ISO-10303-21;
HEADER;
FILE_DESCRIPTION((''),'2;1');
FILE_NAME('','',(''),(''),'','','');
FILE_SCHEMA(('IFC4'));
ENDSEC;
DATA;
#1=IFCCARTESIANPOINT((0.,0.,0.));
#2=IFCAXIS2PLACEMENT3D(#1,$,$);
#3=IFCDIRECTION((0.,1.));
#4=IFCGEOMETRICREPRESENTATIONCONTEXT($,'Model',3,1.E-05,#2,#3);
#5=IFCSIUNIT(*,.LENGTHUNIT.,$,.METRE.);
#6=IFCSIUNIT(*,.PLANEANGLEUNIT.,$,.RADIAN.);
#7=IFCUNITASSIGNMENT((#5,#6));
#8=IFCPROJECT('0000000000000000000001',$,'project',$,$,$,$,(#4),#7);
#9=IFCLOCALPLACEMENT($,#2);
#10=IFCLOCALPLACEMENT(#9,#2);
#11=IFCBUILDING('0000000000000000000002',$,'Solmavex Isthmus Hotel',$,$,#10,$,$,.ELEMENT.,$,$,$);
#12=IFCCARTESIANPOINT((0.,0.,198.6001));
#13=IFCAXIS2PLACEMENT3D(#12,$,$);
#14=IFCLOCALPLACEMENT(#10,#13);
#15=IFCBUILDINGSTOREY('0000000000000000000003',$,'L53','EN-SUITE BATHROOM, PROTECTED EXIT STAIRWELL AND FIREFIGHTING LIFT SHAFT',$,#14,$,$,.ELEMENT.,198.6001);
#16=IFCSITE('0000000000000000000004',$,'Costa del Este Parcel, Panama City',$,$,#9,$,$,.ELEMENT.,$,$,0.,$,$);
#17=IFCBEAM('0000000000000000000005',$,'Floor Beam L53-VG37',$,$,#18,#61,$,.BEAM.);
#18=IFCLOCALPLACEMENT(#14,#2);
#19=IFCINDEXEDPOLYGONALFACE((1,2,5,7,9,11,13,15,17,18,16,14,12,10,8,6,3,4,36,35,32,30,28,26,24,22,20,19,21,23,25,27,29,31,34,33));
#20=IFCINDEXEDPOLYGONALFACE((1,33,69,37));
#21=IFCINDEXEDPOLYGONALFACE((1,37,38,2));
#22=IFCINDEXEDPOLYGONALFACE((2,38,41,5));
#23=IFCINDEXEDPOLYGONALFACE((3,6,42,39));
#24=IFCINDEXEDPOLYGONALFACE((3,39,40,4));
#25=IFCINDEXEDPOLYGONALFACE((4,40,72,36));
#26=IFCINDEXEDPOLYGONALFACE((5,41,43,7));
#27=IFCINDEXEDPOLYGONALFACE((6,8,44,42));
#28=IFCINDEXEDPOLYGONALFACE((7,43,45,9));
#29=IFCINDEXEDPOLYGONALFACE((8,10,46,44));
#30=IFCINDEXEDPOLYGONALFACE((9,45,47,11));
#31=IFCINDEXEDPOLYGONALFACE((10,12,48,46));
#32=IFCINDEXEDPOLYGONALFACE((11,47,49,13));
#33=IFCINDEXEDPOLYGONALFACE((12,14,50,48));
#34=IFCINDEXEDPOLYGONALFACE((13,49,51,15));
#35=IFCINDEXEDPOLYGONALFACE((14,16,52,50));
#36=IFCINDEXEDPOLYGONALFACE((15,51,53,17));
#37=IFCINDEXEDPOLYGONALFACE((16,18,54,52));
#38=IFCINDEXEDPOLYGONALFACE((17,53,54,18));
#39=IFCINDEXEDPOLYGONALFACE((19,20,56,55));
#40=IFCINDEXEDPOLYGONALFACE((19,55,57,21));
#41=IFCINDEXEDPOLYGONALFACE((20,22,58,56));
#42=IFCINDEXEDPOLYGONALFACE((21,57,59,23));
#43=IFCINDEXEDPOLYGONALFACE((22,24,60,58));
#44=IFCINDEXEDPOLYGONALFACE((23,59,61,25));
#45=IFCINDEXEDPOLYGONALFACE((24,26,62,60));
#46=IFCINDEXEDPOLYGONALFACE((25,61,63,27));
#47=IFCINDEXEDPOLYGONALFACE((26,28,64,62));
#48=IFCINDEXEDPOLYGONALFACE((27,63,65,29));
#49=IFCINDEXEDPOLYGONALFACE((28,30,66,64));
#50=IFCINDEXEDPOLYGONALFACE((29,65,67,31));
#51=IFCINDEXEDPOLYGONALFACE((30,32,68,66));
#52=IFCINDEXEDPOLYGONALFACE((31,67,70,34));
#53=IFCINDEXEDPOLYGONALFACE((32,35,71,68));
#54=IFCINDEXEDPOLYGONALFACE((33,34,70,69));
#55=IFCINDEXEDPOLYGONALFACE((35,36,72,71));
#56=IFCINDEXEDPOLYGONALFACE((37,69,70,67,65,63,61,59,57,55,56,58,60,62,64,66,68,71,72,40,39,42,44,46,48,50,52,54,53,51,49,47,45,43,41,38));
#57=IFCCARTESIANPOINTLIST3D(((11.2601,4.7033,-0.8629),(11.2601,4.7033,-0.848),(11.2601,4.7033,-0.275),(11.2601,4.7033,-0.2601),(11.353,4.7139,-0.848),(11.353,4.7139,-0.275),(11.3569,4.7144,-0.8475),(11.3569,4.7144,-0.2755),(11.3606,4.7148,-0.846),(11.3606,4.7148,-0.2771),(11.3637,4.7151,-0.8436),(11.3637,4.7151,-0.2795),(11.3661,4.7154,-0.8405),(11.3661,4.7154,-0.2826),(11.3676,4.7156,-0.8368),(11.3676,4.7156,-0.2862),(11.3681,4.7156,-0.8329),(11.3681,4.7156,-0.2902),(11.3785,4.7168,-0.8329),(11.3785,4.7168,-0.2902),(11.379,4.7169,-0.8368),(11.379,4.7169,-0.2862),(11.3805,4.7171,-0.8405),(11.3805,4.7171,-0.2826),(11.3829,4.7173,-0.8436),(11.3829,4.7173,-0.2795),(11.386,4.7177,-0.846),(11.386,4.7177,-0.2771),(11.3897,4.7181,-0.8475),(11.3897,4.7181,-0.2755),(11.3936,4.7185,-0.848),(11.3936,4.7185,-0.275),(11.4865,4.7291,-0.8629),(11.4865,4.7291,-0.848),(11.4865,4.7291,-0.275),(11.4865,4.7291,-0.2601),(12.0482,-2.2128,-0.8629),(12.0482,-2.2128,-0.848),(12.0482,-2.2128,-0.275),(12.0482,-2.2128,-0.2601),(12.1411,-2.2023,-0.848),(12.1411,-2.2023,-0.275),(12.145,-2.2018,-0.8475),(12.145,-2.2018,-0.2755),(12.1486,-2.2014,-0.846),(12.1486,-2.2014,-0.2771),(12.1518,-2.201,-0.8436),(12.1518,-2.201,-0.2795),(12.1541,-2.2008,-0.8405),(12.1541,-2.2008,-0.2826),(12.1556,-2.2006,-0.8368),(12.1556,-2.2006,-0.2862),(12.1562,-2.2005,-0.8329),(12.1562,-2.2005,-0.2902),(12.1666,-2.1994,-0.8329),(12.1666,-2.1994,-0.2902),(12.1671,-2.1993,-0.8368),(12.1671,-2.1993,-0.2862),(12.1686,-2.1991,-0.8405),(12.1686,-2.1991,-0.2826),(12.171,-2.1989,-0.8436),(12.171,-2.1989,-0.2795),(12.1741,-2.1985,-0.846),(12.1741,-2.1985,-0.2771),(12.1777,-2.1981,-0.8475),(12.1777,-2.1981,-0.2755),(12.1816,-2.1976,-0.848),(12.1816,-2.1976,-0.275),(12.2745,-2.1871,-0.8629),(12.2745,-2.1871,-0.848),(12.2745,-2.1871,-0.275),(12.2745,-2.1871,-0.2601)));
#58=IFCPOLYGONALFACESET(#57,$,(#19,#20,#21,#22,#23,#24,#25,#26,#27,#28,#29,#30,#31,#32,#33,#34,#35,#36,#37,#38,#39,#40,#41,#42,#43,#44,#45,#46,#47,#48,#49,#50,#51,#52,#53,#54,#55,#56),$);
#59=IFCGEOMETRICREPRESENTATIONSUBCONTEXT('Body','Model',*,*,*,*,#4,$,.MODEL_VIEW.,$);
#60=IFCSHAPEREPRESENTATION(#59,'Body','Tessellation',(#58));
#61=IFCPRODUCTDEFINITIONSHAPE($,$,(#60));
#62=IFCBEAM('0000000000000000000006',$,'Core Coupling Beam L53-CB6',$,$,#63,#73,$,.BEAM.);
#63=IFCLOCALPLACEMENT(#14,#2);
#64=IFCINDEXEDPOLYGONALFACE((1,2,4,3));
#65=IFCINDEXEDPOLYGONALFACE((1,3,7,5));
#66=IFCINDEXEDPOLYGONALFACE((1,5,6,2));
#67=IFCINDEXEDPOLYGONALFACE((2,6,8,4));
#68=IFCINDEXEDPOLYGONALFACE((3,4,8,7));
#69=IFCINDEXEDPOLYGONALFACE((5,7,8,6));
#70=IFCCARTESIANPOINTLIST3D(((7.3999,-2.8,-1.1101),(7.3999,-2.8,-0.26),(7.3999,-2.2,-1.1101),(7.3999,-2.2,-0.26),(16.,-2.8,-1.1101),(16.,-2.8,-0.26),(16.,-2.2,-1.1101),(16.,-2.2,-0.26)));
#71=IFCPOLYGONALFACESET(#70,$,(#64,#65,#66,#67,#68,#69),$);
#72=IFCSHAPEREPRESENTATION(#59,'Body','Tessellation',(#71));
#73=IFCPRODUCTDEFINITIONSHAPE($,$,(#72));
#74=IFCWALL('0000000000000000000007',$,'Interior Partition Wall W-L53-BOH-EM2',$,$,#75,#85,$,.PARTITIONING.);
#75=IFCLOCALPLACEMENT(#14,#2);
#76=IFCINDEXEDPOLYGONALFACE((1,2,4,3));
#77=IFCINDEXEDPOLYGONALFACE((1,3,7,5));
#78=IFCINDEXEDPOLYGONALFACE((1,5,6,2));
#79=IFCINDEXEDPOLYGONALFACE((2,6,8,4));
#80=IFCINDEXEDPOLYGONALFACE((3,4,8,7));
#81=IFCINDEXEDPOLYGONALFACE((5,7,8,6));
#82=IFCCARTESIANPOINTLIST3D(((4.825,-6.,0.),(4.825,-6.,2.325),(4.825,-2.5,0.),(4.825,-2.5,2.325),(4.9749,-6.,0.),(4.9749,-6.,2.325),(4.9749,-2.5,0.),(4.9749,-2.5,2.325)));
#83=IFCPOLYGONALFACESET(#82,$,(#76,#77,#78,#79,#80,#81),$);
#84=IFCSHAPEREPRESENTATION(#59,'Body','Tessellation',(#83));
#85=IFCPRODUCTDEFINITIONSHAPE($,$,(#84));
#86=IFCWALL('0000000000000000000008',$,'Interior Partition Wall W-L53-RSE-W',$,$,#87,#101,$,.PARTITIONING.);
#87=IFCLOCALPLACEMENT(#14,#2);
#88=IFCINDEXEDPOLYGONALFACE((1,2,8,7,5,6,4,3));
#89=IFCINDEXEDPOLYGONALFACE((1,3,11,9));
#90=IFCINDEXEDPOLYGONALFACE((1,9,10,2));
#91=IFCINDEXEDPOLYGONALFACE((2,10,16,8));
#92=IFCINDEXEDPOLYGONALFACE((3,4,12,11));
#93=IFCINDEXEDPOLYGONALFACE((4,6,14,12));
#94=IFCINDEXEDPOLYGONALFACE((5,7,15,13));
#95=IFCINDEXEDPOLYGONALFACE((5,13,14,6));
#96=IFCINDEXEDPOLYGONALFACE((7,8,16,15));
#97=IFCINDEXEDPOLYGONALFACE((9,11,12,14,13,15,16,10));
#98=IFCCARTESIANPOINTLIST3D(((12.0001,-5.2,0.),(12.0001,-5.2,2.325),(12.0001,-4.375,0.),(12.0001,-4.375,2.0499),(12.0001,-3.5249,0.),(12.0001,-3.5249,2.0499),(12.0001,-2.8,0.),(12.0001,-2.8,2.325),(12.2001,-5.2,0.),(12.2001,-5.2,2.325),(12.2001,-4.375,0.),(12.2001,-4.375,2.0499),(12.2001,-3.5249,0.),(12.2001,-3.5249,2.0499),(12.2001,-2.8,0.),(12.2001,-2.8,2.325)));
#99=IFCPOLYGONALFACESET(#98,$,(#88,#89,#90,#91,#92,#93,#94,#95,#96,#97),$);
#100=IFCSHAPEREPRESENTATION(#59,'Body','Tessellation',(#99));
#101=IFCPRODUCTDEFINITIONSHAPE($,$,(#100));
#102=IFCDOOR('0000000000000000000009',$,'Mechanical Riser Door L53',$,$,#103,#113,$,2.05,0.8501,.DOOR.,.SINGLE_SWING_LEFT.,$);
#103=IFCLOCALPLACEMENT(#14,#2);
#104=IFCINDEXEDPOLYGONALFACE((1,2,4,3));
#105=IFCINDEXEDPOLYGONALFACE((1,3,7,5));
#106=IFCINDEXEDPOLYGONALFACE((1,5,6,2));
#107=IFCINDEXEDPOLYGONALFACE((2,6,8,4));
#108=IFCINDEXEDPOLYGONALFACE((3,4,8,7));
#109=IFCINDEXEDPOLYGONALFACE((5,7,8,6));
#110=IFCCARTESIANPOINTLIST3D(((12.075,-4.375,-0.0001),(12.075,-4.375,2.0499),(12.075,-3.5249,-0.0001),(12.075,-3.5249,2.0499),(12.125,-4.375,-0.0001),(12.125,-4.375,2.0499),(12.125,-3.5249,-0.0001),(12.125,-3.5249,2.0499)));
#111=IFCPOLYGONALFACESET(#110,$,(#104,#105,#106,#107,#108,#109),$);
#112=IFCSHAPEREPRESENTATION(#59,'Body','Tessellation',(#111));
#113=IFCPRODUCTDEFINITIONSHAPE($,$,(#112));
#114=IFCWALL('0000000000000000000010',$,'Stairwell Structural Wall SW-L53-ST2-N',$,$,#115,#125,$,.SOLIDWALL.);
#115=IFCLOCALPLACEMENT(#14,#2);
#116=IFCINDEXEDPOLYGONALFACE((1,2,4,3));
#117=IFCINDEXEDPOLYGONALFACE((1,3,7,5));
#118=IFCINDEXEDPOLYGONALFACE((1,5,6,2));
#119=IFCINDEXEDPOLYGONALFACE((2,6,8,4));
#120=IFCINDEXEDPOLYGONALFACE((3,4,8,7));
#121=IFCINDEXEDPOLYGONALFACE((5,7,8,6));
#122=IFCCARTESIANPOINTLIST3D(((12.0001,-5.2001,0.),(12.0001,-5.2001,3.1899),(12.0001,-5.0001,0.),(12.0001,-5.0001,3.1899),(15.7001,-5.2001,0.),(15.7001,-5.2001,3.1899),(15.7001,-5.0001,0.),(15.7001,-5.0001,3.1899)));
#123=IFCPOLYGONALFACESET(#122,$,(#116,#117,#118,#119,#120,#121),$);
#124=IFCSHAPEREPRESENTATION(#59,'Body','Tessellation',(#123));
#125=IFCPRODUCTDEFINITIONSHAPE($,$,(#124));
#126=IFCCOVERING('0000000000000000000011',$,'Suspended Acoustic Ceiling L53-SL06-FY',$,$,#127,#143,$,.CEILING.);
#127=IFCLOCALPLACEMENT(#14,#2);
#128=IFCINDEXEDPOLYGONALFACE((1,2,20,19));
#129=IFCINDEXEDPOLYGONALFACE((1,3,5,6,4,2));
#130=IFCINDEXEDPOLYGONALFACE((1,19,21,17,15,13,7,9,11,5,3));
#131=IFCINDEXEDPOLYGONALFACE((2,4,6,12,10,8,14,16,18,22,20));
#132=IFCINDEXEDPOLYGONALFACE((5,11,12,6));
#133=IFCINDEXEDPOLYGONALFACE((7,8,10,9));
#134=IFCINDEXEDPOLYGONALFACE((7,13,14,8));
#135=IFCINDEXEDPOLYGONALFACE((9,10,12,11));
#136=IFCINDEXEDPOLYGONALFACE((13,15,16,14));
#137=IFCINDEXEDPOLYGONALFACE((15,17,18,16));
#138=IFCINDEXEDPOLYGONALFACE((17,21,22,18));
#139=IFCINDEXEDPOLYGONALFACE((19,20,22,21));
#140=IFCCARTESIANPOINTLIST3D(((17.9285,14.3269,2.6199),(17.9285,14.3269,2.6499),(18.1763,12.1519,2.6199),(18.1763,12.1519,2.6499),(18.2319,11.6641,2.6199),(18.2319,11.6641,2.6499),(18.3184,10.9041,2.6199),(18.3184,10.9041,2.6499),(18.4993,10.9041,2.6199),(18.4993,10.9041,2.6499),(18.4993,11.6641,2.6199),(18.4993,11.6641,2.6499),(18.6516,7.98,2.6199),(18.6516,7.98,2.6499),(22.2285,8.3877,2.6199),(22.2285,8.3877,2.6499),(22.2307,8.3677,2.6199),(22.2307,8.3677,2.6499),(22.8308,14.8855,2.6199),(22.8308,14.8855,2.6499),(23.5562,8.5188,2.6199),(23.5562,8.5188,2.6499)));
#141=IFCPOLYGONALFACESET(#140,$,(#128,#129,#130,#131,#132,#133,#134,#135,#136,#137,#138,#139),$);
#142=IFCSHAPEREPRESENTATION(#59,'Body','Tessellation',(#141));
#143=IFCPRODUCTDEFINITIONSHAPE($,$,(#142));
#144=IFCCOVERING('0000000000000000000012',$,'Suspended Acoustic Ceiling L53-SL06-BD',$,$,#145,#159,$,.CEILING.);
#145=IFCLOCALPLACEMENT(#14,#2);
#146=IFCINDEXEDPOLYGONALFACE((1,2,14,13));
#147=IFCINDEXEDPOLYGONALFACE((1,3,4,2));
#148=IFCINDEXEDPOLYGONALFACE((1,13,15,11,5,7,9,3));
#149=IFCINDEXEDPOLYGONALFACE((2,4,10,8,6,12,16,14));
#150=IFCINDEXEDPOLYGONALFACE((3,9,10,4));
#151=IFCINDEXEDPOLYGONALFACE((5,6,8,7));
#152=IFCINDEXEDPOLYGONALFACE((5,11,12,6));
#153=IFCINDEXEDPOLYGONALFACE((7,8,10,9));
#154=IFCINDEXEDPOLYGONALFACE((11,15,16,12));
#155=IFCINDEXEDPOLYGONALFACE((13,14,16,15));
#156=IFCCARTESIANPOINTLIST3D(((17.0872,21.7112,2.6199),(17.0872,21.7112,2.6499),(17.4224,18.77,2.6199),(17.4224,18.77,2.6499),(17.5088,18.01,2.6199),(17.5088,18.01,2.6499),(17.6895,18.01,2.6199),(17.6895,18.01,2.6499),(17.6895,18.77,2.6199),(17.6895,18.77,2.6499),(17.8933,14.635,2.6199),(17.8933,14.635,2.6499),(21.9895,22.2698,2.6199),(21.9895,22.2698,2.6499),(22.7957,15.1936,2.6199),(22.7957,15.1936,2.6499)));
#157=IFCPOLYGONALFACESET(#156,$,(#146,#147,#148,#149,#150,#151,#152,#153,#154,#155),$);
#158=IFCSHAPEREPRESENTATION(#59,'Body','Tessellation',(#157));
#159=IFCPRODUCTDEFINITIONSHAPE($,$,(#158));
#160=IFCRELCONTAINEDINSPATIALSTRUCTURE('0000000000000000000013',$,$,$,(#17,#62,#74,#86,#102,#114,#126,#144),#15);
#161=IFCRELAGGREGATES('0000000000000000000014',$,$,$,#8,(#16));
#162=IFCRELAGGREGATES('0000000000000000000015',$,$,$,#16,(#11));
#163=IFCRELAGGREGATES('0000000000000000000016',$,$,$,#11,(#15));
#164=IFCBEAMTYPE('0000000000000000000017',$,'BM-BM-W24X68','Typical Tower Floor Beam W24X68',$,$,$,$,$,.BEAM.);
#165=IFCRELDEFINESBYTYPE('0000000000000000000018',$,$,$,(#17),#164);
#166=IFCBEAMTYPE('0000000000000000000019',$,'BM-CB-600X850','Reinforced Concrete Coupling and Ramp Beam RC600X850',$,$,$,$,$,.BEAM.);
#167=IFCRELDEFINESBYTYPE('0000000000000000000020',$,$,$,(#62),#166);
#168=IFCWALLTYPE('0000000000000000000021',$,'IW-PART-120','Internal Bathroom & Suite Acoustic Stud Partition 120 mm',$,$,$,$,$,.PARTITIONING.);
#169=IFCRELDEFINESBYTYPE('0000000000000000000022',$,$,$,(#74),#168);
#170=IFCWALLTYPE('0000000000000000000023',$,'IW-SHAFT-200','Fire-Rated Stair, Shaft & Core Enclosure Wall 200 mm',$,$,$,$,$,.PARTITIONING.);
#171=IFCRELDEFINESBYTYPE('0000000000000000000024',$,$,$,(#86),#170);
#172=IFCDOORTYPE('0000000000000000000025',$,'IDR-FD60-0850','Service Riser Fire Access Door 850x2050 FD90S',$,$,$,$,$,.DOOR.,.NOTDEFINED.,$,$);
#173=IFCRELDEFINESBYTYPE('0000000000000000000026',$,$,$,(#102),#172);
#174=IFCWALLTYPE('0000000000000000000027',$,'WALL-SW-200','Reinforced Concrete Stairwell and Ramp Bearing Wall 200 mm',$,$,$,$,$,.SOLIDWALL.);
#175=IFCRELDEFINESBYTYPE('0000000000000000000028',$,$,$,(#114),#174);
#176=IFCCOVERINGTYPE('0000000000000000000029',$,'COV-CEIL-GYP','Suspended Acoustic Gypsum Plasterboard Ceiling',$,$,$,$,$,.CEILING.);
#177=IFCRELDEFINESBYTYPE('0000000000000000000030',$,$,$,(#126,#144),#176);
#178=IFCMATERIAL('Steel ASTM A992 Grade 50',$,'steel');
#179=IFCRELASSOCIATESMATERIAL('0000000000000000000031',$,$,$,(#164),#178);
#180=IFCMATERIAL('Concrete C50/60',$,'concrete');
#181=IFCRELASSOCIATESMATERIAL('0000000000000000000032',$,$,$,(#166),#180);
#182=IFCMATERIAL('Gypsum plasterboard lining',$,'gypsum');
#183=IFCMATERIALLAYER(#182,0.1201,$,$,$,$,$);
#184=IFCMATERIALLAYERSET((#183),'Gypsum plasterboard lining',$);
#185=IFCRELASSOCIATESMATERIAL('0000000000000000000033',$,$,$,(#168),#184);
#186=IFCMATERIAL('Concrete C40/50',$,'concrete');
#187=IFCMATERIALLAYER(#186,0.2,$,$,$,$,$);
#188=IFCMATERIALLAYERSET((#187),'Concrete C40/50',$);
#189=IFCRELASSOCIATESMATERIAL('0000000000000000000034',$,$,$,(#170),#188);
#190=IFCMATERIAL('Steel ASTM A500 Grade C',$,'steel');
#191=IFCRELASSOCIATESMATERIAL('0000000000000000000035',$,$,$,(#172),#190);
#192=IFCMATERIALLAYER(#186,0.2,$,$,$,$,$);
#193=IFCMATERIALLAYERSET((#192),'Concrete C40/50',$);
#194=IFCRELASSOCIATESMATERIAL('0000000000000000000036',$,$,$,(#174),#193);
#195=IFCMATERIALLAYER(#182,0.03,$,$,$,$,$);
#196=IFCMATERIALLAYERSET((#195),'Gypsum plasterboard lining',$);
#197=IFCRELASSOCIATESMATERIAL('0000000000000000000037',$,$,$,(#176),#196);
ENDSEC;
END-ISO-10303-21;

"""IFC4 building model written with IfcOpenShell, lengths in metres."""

from ifc_helpers import new_model, si_unit, direction, frame, frame_2d, origin, origin_2d, place, context, subcontext, project, spatial, polyline, rectangle, i_section, outline, extrude, material, layer, layer_set, material_profile, profile_set, type_object, element, fill, save


model = new_model("IFC4")

# Units and contexts
model_context = context("Model", 3, precision=1e-05, world=origin(), true_north=direction((0.0, 1.0)))
body_context = subcontext(model_context, "Body", "Model", "MODEL_VIEW")
ifc_project = project(units=[si_unit("LENGTHUNIT", "METRE"), si_unit("PLANEANGLEUNIT", "RADIAN")], contexts=[model_context])

# Site, building, storey
site_placement = place(None, origin())
site = spatial("IfcSite", under=ifc_project, at=site_placement, Name="Costa del Este Parcel, Panama City", CompositionType="ELEMENT", RefElevation=0.0)
building_placement = place(site_placement, origin())
building = spatial("IfcBuilding", under=site, at=building_placement, Name="Solmavex Isthmus Hotel", CompositionType="ELEMENT")
storey_placement = place(building_placement, frame((0.0, 0.0, 198.6001)))
storey = spatial("IfcBuildingStorey", under=building, at=storey_placement, Name="L53", Description="EN-SUITE BATHROOM, PROTECTED EXIT STAIRWELL AND FIREFIGHTING LIFT SHAFT", CompositionType="ELEMENT", Elevation=198.6001)

# Shared definitions
ifc_material_1 = material(Name="Concrete C50/60", Category="concrete")

# Beams
ifc_material_2 = material(Name="Steel ASTM A992 Grade 50", Category="steel")
ifc_material_profile_1 = material_profile(ifc_material_2, i_section(OverallWidth=0.2278, OverallDepth=0.6028, WebThickness=0.0105, FlangeThickness=0.0149, FilletRadius=0.0151, at=origin_2d()), Name="W24X68")
ifc_profile_set_1 = profile_set([ifc_material_profile_1], Name="Steel ASTM A992 Grade 50")
beam_type_1 = type_object("IfcBeamType", Name="BM-BM-W24X68", Description="Typical Tower Floor Beam W24X68", PredefinedType="BEAM", material=ifc_profile_set_1)
beam_1_placement = place(storey_placement, frame((12.1614, -2.2, -0.5615), z_axis=(-0.113214, 0.993571, 0.0), x_axis=(-0.993571, -0.113214, 0.0)))
element("IfcBeam", 1, at=beam_1_placement, inside=storey, type_object=beam_type_1, Name="Floor Beam L53-VG37", PredefinedType="BEAM", context=body_context, shape_type="SweptSolid", body=[
    extrude(i_section(OverallWidth=0.2278, OverallDepth=0.6028, WebThickness=0.0105, FlangeThickness=0.0149, FilletRadius=0.0151, at=origin_2d()), origin(), (0.0, 0.0, 1.0), 6.9609),
])
ifc_material_profile_2 = material_profile(ifc_material_1, rectangle(XDim=0.6001, YDim=0.8501, at=origin_2d()), Name="RC600X850")
ifc_profile_set_2 = profile_set([ifc_material_profile_2], Name="Concrete C50/60")
beam_type_2 = type_object("IfcBeamType", Name="BM-CB-600X850", Description="Reinforced Concrete Coupling and Ramp Beam RC600X850", PredefinedType="BEAM", material=ifc_profile_set_2)
beam_2_placement = place(storey_placement, frame((7.3999, -2.5, -0.6851), z_axis=(1.0, 0.0, 0.0), x_axis=(0.0, 1.0, 0.0)))
element("IfcBeam", 2, at=beam_2_placement, inside=storey, type_object=beam_type_2, Name="Core Coupling Beam L53-CB6", PredefinedType="BEAM", context=body_context, shape_type="SweptSolid", body=[
    extrude(rectangle(XDim=0.6001, YDim=0.8501, at=origin_2d()), origin(), (0.0, 0.0, 1.0), 8.6001),
])

# Wall
ifc_material_3 = material(Name="Gypsum plasterboard lining", Category="gypsum")
ifc_layer_1 = layer(ifc_material_3, 0.1201)
ifc_layer_set_1 = layer_set([ifc_layer_1], Name="Gypsum plasterboard lining")
wall_type_1 = type_object("IfcWallType", Name="IW-PART-120", Description="Internal Bathroom & Suite Acoustic Stud Partition 120 mm", PredefinedType="PARTITIONING", material=ifc_layer_set_1)
wall_1_placement = place(storey_placement, frame((4.8999, -6.0, 0.0), z_axis=(0.0, 0.0, 1.0), x_axis=(0.0, 1.0, 0.0)))
element("IfcWall", 3, at=wall_1_placement, inside=storey, type_object=wall_type_1, Name="Interior Partition Wall W-L53-BOH-EM2", PredefinedType="PARTITIONING", context=body_context, shape_type="SweptSolid", body=[
    extrude(rectangle(XDim=3.5, YDim=0.1499, at=frame_2d((1.75, 0.0))), origin(), (0.0, 0.0, 1.0), 2.325),
])

# Wall, opening, door
ifc_material_4 = material(Name="Concrete C40/50", Category="concrete")
ifc_layer_2 = layer(ifc_material_4, 0.2)
ifc_layer_set_2 = layer_set([ifc_layer_2], Name="Concrete C40/50")
wall_type_2 = type_object("IfcWallType", Name="IW-SHAFT-200", Description="Fire-Rated Stair, Shaft & Core Enclosure Wall 200 mm", PredefinedType="PARTITIONING", material=ifc_layer_set_2)
wall_2_placement = place(storey_placement, frame((12.1001, -5.2, 0.0), z_axis=(0.0, 0.0, 1.0), x_axis=(0.0, 1.0, 0.0)))
wall_2 = element("IfcWall", 4, at=wall_2_placement, inside=storey, type_object=wall_type_2, Name="Interior Partition Wall W-L53-RSE-W", PredefinedType="PARTITIONING", context=body_context, shape_type="SweptSolid", body=[
    extrude(rectangle(XDim=2.3999, YDim=0.2, at=frame_2d((1.2, 0.0))), origin(), (0.0, 0.0, 1.0), 2.325),
])
opening_placement = place(wall_2_placement, frame((0.825, 0.0, 0.0)))
opening = element("IfcOpeningElement", 5, at=opening_placement, cuts=wall_2, PredefinedType="OPENING", context=body_context, shape_type="SweptSolid", body=[
    extrude(rectangle(XDim=0.8501, YDim=2.05, at=frame_2d((0.425, 1.0249))), frame((0.0, 0.1099, 0.0), z_axis=(0.0, -1.0, 0.0), x_axis=(1.0, 0.0, 0.0)), (0.0, 0.0, 1.0), 0.22),
])
ifc_material_5 = material(Name="Steel ASTM A500 Grade C", Category="steel")
door_type = type_object("IfcDoorType", Name="IDR-FD60-0850", Description="Service Riser Fire Access Door 850x2050 FD90S", OperationType="NOTDEFINED", PredefinedType="DOOR", material=ifc_material_5)
door_placement = place(opening_placement, frame((0.8501, 0.0, 0.0), z_axis=(0.0, 0.0, 1.0), x_axis=(-1.0, 0.0, 0.0)))
door = element("IfcDoor", 6, at=door_placement, inside=storey, type_object=door_type, Name="Mechanical Riser Door L53", OperationType="SINGLE_SWING_LEFT", OverallHeight=2.05, OverallWidth=0.8501, PredefinedType="DOOR", context=body_context, shape_type="SweptSolid", body=[
    extrude(rectangle(XDim=0.8501, YDim=2.05, at=frame_2d((0.425, 1.0249))), frame((0.0, 0.0249, 0.0), z_axis=(0.0, -1.0, 0.0), x_axis=(1.0, 0.0, 0.0)), (0.0, 0.0, 1.0), 0.05),
])
fill(opening, door)

# Wall
ifc_layer_3 = layer(ifc_material_4, 0.2)
ifc_layer_set_3 = layer_set([ifc_layer_3], Name="Concrete C40/50")
wall_type_3 = type_object("IfcWallType", Name="WALL-SW-200", Description="Reinforced Concrete Stairwell and Ramp Bearing Wall 200 mm", PredefinedType="SOLIDWALL", material=ifc_layer_set_3)
wall_3_placement = place(storey_placement, frame((12.0, -5.1001, 0.0), z_axis=(0.0, 0.0, 1.0), x_axis=(1.0, 0.0, 0.0)))
element("IfcWall", 7, at=wall_3_placement, inside=storey, type_object=wall_type_3, Name="Stairwell Structural Wall SW-L53-ST2-N", PredefinedType="SOLIDWALL", context=body_context, shape_type="SweptSolid", body=[
    extrude(rectangle(XDim=3.7, YDim=0.2, at=frame_2d((1.8501, 0.0))), origin(), (0.0, 0.0, 1.0), 3.1899),
])

# Coverings
ifc_layer_4 = layer(ifc_material_3, 0.03)
ifc_layer_set_4 = layer_set([ifc_layer_4], Name="Gypsum plasterboard lining")
covering_type_1 = type_object("IfcCoveringType", Name="COV-CEIL-GYP", Description="Suspended Acoustic Gypsum Plasterboard Ceiling", PredefinedType="CEILING", material=ifc_layer_set_4)
covering_1_placement = place(storey_placement, frame((0.0, 0.0, 2.6199)))
element("IfcCovering", 8, at=covering_1_placement, inside=storey, type_object=covering_type_1, Name="Suspended Acoustic Ceiling L53-SL06-FY", PredefinedType="CEILING", context=body_context, shape_type="SweptSolid", body=[
    extrude(outline(polyline([(18.2319, 11.6641), (18.4993, 11.6641), (18.4993, 10.9041), (18.3184, 10.9041), (18.6516, 7.98), (22.2285, 8.3877), (22.2307, 8.3677), (23.5562, 8.5188), (22.8308, 14.8855), (17.9285, 14.3269), (18.1763, 12.1519), (18.2319, 11.6641)])), origin(), (0.0, 0.0, 1.0), 0.03),
])
covering_2_placement = place(storey_placement, frame((0.0, 0.0, 2.6199)))
element("IfcCovering", 9, at=covering_2_placement, inside=storey, type_object=covering_type_1, Name="Suspended Acoustic Ceiling L53-SL06-BD", PredefinedType="CEILING", context=body_context, shape_type="SweptSolid", body=[
    extrude(outline(polyline([(17.4224, 18.77), (17.6895, 18.77), (17.6895, 18.01), (17.5088, 18.01), (17.8933, 14.635), (22.7957, 15.1936), (21.9895, 22.2698), (17.0872, 21.7112), (17.4224, 18.77)])), origin(), (0.0, 0.0, 1.0), 0.03),
])

save(model, "model.ifc")
